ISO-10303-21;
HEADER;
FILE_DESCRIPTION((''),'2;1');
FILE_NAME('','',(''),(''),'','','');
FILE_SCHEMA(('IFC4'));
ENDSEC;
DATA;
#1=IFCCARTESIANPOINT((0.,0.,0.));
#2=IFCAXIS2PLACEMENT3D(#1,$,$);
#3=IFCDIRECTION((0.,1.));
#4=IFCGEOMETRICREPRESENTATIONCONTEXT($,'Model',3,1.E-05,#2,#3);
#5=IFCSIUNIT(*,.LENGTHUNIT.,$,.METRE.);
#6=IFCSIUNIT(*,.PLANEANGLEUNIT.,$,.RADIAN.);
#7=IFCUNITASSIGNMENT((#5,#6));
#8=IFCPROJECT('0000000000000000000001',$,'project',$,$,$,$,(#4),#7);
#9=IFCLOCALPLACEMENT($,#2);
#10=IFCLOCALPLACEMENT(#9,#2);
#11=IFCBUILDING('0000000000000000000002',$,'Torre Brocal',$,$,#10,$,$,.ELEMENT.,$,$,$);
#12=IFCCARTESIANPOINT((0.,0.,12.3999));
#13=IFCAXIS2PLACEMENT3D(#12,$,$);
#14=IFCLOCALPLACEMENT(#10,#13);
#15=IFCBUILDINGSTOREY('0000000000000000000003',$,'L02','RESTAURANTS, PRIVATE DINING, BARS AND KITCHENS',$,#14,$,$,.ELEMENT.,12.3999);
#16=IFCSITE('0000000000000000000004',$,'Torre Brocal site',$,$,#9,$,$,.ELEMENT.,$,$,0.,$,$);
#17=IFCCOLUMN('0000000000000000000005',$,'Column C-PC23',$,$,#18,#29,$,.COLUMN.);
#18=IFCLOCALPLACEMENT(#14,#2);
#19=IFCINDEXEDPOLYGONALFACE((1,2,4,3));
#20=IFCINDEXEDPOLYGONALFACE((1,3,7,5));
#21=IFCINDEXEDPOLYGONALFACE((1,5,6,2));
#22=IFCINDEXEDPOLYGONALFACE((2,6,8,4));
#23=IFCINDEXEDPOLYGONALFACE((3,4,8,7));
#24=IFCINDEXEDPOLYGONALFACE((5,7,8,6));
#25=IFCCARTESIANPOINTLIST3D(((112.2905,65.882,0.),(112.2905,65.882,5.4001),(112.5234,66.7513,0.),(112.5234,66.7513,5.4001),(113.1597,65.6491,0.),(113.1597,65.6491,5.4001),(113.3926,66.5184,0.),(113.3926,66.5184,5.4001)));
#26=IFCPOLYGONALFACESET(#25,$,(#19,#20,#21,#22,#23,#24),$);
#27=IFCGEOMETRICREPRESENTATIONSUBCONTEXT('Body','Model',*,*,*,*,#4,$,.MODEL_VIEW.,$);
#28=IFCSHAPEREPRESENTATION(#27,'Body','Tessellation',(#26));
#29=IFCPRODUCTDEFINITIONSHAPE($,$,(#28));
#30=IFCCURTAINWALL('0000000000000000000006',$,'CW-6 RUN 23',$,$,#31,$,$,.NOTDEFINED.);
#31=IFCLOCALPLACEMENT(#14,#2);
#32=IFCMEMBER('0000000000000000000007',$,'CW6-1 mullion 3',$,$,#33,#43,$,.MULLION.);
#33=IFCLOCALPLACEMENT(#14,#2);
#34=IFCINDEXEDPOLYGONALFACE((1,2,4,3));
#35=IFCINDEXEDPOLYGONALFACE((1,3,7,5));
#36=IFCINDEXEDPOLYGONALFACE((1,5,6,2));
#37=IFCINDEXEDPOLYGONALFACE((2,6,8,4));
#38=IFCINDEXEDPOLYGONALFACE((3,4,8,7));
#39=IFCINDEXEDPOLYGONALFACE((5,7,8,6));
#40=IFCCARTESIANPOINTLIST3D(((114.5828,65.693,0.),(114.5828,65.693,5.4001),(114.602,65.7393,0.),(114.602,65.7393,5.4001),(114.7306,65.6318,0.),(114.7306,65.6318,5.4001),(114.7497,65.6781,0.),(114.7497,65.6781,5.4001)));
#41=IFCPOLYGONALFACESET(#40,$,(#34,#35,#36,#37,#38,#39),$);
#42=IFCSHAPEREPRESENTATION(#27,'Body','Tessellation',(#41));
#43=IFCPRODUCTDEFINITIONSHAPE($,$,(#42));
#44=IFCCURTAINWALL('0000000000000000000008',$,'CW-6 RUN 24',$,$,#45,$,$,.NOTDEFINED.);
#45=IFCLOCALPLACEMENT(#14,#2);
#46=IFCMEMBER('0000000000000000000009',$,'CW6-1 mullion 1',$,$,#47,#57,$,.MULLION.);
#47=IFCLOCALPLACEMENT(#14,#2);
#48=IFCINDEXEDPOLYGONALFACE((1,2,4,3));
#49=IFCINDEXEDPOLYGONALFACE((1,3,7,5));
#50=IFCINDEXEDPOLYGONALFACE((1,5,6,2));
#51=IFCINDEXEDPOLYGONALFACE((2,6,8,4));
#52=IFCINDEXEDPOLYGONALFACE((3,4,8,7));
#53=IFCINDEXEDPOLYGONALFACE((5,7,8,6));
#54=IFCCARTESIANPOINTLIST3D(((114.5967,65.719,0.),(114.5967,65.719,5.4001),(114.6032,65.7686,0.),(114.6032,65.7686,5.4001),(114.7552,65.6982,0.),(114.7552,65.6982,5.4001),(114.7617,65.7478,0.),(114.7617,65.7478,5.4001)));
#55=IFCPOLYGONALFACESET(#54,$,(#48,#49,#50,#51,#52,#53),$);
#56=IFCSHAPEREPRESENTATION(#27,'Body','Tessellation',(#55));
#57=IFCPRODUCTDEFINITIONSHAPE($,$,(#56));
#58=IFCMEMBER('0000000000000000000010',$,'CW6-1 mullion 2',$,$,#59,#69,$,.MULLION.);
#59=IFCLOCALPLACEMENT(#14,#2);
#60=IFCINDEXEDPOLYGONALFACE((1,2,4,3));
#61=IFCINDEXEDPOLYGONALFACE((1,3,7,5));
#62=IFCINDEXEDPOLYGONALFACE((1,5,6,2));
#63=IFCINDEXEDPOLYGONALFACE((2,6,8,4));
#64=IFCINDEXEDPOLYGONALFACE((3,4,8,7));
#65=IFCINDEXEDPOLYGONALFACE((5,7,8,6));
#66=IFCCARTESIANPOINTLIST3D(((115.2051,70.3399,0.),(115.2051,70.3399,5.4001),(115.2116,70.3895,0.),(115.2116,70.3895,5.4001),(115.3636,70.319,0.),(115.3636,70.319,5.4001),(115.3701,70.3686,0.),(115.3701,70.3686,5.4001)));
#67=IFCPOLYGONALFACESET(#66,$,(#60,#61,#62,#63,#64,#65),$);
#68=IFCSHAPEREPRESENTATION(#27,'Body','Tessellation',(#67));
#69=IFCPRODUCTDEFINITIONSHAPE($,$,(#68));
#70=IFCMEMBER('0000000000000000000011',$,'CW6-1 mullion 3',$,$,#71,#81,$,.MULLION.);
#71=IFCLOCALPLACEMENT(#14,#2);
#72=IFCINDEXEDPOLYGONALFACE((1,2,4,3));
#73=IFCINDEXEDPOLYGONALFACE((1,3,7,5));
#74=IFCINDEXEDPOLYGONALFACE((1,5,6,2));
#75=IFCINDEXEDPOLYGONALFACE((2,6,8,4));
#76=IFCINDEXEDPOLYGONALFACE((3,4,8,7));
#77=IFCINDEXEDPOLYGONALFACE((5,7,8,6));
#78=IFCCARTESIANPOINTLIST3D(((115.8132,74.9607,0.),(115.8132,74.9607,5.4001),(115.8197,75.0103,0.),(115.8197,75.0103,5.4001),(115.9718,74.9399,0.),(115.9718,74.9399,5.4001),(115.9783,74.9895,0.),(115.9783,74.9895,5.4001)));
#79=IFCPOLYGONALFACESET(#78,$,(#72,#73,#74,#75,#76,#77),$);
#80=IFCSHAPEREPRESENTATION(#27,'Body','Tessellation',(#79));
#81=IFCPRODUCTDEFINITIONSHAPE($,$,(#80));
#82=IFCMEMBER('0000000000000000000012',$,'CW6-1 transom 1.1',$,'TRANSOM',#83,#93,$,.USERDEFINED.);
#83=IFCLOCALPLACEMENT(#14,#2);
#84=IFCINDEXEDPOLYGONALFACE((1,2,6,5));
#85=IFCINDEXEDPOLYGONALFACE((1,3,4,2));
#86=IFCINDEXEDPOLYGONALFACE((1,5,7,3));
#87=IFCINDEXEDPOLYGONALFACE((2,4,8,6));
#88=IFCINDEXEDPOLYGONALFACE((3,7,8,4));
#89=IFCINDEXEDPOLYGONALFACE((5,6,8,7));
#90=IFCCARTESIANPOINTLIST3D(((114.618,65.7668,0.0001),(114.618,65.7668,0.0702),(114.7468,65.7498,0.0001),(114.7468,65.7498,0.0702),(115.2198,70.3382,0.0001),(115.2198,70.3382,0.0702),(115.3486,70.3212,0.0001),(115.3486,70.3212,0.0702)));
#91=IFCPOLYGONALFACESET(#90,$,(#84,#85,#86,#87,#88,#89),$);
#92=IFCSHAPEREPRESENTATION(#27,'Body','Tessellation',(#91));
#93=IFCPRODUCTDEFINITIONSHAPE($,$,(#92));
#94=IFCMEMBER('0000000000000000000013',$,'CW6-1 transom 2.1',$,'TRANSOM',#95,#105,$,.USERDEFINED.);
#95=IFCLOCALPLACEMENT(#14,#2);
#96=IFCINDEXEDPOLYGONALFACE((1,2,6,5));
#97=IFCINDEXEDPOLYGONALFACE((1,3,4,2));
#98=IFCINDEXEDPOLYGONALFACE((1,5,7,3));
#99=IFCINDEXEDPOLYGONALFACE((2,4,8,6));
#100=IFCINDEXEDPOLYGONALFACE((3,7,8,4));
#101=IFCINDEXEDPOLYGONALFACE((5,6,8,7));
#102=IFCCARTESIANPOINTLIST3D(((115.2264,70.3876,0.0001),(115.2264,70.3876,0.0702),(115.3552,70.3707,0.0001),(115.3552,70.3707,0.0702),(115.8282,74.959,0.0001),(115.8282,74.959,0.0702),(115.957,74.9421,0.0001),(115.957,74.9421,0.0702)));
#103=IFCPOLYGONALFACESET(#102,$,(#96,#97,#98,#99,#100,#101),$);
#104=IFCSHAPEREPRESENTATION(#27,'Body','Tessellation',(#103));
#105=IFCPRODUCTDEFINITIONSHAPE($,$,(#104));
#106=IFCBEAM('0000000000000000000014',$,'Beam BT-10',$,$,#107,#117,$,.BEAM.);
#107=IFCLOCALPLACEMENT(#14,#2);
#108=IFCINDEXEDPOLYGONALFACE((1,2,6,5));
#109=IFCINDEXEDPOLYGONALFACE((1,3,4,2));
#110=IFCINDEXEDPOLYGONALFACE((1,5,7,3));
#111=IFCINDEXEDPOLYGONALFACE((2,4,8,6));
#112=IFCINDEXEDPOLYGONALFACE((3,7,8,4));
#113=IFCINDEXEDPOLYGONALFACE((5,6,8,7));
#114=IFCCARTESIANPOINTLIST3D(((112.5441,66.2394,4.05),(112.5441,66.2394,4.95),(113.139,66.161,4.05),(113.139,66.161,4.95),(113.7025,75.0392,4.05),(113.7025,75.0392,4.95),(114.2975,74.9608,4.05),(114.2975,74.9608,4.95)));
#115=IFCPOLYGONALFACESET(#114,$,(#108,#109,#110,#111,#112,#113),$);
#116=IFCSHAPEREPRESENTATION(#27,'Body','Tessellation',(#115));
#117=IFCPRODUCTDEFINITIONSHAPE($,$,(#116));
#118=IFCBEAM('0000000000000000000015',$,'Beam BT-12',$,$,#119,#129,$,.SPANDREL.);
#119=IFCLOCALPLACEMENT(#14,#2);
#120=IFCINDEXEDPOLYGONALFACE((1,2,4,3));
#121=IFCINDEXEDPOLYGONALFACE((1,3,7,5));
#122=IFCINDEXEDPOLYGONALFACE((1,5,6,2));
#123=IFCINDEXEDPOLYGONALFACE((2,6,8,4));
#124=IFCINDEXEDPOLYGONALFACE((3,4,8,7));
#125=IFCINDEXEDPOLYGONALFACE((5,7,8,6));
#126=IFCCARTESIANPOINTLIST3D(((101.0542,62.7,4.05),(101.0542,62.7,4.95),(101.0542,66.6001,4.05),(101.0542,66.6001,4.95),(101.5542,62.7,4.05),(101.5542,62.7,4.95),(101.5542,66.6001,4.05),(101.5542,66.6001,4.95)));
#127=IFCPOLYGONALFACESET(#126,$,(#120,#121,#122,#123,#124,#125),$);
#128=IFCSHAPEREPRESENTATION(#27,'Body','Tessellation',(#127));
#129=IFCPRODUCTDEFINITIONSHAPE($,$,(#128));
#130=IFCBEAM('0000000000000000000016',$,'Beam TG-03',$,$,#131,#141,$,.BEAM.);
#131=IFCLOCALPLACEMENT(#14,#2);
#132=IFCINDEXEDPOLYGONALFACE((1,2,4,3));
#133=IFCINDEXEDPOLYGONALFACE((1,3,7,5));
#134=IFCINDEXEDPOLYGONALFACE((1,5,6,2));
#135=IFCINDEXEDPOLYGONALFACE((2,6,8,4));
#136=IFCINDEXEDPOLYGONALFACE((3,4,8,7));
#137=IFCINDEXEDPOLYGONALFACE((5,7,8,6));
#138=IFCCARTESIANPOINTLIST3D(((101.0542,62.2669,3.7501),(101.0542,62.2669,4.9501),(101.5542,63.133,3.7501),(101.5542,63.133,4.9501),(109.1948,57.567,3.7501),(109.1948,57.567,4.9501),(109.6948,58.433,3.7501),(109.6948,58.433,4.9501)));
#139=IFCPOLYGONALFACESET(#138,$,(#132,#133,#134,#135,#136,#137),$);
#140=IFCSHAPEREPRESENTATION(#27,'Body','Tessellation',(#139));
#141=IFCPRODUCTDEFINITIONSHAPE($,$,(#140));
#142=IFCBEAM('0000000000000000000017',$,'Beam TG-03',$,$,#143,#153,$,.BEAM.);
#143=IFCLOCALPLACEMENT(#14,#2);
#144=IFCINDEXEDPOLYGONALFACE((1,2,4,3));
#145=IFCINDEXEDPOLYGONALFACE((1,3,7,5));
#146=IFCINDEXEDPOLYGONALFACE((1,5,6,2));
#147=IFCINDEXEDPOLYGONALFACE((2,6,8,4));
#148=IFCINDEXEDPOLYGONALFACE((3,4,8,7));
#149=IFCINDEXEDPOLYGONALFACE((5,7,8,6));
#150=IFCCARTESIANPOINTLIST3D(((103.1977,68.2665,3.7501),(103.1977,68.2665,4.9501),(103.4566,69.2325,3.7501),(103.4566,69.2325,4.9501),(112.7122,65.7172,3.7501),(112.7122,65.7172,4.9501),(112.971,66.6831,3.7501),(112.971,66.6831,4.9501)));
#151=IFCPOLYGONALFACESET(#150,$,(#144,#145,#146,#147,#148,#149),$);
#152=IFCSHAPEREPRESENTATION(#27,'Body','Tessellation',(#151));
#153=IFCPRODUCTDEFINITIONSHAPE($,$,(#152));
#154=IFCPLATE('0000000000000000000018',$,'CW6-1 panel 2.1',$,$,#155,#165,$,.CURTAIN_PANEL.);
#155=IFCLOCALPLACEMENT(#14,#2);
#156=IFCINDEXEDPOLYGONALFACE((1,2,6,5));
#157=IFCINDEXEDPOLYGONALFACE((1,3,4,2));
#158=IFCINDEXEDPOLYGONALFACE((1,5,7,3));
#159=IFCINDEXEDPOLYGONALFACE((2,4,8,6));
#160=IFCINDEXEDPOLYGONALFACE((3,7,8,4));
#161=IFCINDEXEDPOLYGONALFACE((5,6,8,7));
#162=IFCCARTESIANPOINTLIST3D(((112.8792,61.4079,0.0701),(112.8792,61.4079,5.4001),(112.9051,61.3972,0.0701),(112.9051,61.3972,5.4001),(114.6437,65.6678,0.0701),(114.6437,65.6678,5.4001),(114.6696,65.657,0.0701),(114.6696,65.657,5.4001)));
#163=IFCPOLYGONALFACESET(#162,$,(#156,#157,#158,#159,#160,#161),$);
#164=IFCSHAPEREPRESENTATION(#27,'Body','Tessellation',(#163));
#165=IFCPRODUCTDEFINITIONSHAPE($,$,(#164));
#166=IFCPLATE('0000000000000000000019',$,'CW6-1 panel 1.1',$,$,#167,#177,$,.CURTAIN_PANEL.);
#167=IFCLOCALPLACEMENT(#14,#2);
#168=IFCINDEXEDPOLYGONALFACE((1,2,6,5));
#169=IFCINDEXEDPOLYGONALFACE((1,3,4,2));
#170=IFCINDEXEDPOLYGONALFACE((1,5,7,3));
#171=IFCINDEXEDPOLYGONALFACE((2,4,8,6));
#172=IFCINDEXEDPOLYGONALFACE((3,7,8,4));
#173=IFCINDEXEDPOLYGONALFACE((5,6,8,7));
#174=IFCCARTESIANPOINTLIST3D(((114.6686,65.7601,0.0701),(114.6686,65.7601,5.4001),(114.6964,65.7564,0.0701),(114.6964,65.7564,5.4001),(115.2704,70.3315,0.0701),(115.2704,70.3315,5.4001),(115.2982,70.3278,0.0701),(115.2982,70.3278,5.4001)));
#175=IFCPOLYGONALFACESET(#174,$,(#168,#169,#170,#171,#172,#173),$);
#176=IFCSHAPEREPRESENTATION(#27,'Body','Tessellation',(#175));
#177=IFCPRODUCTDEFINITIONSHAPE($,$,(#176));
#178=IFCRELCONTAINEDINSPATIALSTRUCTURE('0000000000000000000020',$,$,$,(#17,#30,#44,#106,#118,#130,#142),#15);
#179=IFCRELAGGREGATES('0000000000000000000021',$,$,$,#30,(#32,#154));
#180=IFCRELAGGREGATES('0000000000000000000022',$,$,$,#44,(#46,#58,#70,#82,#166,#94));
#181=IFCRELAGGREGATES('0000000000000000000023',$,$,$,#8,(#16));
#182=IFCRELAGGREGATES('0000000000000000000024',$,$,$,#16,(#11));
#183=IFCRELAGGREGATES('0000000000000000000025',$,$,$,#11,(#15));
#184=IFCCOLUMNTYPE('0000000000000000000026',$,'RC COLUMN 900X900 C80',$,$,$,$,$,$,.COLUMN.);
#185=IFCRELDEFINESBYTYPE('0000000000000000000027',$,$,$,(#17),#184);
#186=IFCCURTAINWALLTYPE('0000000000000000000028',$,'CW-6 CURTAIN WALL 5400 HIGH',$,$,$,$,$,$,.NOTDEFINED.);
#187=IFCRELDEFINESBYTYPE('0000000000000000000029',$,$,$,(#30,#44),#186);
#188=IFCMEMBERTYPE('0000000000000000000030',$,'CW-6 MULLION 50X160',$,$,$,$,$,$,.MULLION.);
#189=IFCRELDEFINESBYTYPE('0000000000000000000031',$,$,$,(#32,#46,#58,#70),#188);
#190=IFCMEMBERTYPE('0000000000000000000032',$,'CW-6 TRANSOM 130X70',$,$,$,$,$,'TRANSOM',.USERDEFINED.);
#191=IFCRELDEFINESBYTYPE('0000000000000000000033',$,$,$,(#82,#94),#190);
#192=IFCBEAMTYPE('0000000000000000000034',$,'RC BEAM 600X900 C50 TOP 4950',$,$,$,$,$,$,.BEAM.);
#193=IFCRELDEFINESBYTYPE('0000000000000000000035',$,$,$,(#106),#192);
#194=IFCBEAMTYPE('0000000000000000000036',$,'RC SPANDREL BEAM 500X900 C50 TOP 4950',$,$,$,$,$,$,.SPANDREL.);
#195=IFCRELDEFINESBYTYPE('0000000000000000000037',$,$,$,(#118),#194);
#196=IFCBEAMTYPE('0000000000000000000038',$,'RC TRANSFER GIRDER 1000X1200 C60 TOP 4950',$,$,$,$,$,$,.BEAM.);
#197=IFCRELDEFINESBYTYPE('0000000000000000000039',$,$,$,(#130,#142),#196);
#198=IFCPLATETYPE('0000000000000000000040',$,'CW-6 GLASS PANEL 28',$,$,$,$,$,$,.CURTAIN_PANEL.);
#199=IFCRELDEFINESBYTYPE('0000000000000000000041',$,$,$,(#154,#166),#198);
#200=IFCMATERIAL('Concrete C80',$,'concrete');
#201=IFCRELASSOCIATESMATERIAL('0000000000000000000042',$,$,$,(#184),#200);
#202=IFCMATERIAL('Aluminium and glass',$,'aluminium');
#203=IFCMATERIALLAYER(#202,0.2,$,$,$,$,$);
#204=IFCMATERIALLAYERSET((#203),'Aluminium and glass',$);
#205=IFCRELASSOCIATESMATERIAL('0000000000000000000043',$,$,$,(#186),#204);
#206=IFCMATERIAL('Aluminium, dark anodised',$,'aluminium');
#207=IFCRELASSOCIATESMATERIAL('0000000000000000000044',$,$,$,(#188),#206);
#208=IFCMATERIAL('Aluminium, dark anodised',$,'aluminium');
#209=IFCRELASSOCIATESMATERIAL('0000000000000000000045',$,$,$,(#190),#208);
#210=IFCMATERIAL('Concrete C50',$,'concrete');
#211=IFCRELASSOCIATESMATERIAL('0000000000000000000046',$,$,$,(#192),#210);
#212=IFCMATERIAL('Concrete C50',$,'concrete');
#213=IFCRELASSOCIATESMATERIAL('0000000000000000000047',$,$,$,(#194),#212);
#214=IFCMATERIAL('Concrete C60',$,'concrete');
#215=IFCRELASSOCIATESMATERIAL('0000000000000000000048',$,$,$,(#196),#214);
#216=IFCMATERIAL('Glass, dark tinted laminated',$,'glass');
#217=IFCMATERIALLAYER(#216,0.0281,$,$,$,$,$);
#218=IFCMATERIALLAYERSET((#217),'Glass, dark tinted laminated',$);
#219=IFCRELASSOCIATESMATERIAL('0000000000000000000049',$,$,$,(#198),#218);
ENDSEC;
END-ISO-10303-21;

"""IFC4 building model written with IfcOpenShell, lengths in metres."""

from ifc_helpers import new_model, si_unit, direction, frame, origin, origin_2d, place, context, subcontext, project, spatial, rectangle, extrude, material, layer, layer_set, material_profile, profile_set, type_object, element, aggregate, save


model = new_model("IFC4")

# Units and contexts
model_context = context("Model", 3, precision=1e-05, world=origin(), true_north=direction((0.0, 1.0)))
body_context = subcontext(model_context, "Body", "Model", "MODEL_VIEW")
ifc_project = project(units=[si_unit("LENGTHUNIT", "METRE"), si_unit("PLANEANGLEUNIT", "RADIAN")], contexts=[model_context])

# Site, building, storey
site_placement = place(None, origin())
site = spatial("IfcSite", under=ifc_project, at=site_placement, Name="Torre Brocal site", CompositionType="ELEMENT", RefElevation=0.0)
building_placement = place(site_placement, origin())
building = spatial("IfcBuilding", under=site, at=building_placement, Name="Torre Brocal", CompositionType="ELEMENT")
storey_placement = place(building_placement, frame((0.0, 0.0, 12.3999)))
storey = spatial("IfcBuildingStorey", under=building, at=storey_placement, Name="L02", Description="RESTAURANTS, PRIVATE DINING, BARS AND KITCHENS", CompositionType="ELEMENT", Elevation=12.3999)

# Column
ifc_material_1 = material(Name="Concrete C80", Category="concrete")
ifc_material_profile_1 = material_profile(ifc_material_1, rectangle(XDim=0.8999, YDim=0.8999, at=origin_2d()), Name="RC 900X900")
ifc_profile_set_1 = profile_set([ifc_material_profile_1], Name="Concrete C80")
column_type = type_object("IfcColumnType", Name="RC COLUMN 900X900 C80", PredefinedType="COLUMN", material=ifc_profile_set_1)
column_placement = place(storey_placement, frame((112.8416, 66.2002, 0.0), z_axis=(0.0, 0.0, 1.0), x_axis=(0.965926, -0.258819, 0.0)))
element("IfcColumn", 1, at=column_placement, inside=storey, type_object=column_type, Name="Column C-PC23", PredefinedType="COLUMN", context=body_context, shape_type="SweptSolid", body=[
    extrude(rectangle(XDim=0.8999, YDim=0.8999, at=origin_2d()), origin(), (0.0, 0.0, 1.0), 5.4001),
])

# Curtain wall, member
ifc_material_2 = material(Name="Aluminium and glass", Category="aluminium")
ifc_layer_1 = layer(ifc_material_2, 0.2)
ifc_layer_set_1 = layer_set([ifc_layer_1], Name="Aluminium and glass")
curtain_wall_type = type_object("IfcCurtainWallType", Name="CW-6 CURTAIN WALL 5400 HIGH", PredefinedType="NOTDEFINED", material=ifc_layer_set_1)
curtain_wall_1_placement = place(storey_placement, origin())
curtain_wall_1 = element("IfcCurtainWall", 2, at=curtain_wall_1_placement, inside=storey, type_object=curtain_wall_type, Name="CW-6 RUN 23", PredefinedType="NOTDEFINED")
ifc_material_3 = material(Name="Aluminium, dark anodised", Category="aluminium")
ifc_material_profile_2 = material_profile(ifc_material_3, rectangle(XDim=0.1599, YDim=0.05, at=origin_2d()), Name="CW-6 MULLION 50X160")
ifc_profile_set_2 = profile_set([ifc_material_profile_2], Name="Aluminium, dark anodised")
member_type_1 = type_object("IfcMemberType", Name="CW-6 MULLION 50X160", PredefinedType="MULLION", material=ifc_profile_set_2)
member_1_placement = place(storey_placement, frame((114.6663, 65.6855, 0.0), z_axis=(0.0, 0.0, 1.0), x_axis=(-0.92388, 0.382683, 0.0)))
member_1 = element("IfcMember", 3, at=member_1_placement, type_object=member_type_1, Name="CW6-1 mullion 3", PredefinedType="MULLION", context=body_context, shape_type="SweptSolid", body=[
    extrude(rectangle(XDim=0.1599, YDim=0.05, at=origin_2d()), origin(), (0.0, 0.0, 1.0), 5.4001),
])

# Curtain wall, members
curtain_wall_2_placement = place(storey_placement, origin())
curtain_wall_2 = element("IfcCurtainWall", 4, at=curtain_wall_2_placement, inside=storey, type_object=curtain_wall_type, Name="CW-6 RUN 24", PredefinedType="NOTDEFINED")
member_2_placement = place(storey_placement, frame((114.6792, 65.7334, 0.0), z_axis=(0.0, 0.0, 1.0), x_axis=(-0.991445, 0.130526, 0.0)))
member_2 = element("IfcMember", 5, at=member_2_placement, type_object=member_type_1, Name="CW6-1 mullion 1", PredefinedType="MULLION", context=body_context, shape_type="SweptSolid", body=[
    extrude(rectangle(XDim=0.1599, YDim=0.05, at=origin_2d()), origin(), (0.0, 0.0, 1.0), 5.4001),
])
member_3_placement = place(storey_placement, frame((115.2876, 70.3542, 0.0), z_axis=(0.0, 0.0, 1.0), x_axis=(-0.991445, 0.130526, 0.0)))
member_3 = element("IfcMember", 6, at=member_3_placement, type_object=member_type_1, Name="CW6-1 mullion 2", PredefinedType="MULLION", context=body_context, shape_type="SweptSolid", body=[
    extrude(rectangle(XDim=0.1599, YDim=0.05, at=origin_2d()), origin(), (0.0, 0.0, 1.0), 5.4001),
])
member_4_placement = place(storey_placement, frame((115.8958, 74.9751, 0.0), z_axis=(0.0, 0.0, 1.0), x_axis=(-0.991445, 0.130526, 0.0)))
member_4 = element("IfcMember", 7, at=member_4_placement, type_object=member_type_1, Name="CW6-1 mullion 3", PredefinedType="MULLION", context=body_context, shape_type="SweptSolid", body=[
    extrude(rectangle(XDim=0.1599, YDim=0.05, at=origin_2d()), origin(), (0.0, 0.0, 1.0), 5.4001),
])
ifc_material_4 = material(Name="Aluminium, dark anodised", Category="aluminium")
ifc_material_profile_3 = material_profile(ifc_material_4, rectangle(XDim=0.1299, YDim=0.0701, at=origin_2d()), Name="CW-6 TRANSOM 130X70")
ifc_profile_set_3 = profile_set([ifc_material_profile_3], Name="Aluminium, dark anodised")
member_type_2 = type_object("IfcMemberType", Name="CW-6 TRANSOM 130X70", ElementType="TRANSOM", PredefinedType="USERDEFINED", material=ifc_profile_set_3)
member_5_placement = place(storey_placement, frame((114.6824, 65.7583, 0.0352), z_axis=(0.130523, 0.991445, 0.0), x_axis=(-0.991445, 0.130523, 0.0)))
member_5 = element("IfcMember", 8, at=member_5_placement, type_object=member_type_2, Name="CW6-1 transom 1.1", ObjectType="TRANSOM", PredefinedType="USERDEFINED", context=body_context, shape_type="SweptSolid", body=[
    extrude(rectangle(XDim=0.1299, YDim=0.0701, at=origin_2d()), origin(), (0.0, 0.0, 1.0), 4.6108),
])
member_6_placement = place(storey_placement, frame((115.2908, 70.3792, 0.0352), z_axis=(0.130523, 0.991445, 0.0), x_axis=(-0.991445, 0.130523, 0.0)))
member_6 = element("IfcMember", 9, at=member_6_placement, type_object=member_type_2, Name="CW6-1 transom 2.1", ObjectType="TRANSOM", PredefinedType="USERDEFINED", context=body_context, shape_type="SweptSolid", body=[
    extrude(rectangle(XDim=0.1299, YDim=0.0701, at=origin_2d()), origin(), (0.0, 0.0, 1.0), 4.6108),
])

# Beams
ifc_material_5 = material(Name="Concrete C50", Category="concrete")
ifc_material_profile_4 = material_profile(ifc_material_5, rectangle(XDim=0.6001, YDim=0.8999, at=origin_2d()), Name="RC 600X900")
ifc_profile_set_4 = profile_set([ifc_material_profile_4], Name="Concrete C50")
beam_type_1 = type_object("IfcBeamType", Name="RC BEAM 600X900 C50 TOP 4950", PredefinedType="BEAM", material=ifc_profile_set_4)
beam_1_placement = place(storey_placement, frame((112.8416, 66.2002, 4.5), z_axis=(0.130519, 0.991446, 0.0), x_axis=(-0.991446, 0.130519, 0.0)))
element("IfcBeam", 10, at=beam_1_placement, inside=storey, type_object=beam_type_1, Name="Beam BT-10", PredefinedType="BEAM", context=body_context, shape_type="SweptSolid", body=[
    extrude(rectangle(XDim=0.6001, YDim=0.8999, at=origin_2d()), origin(), (0.0, 0.0, 1.0), 8.8757),
])
ifc_material_6 = material(Name="Concrete C50", Category="concrete")
ifc_material_profile_5 = material_profile(ifc_material_6, rectangle(XDim=0.5, YDim=0.8999, at=origin_2d()), Name="RC 500X900")
ifc_profile_set_5 = profile_set([ifc_material_profile_5], Name="Concrete C50")
beam_type_2 = type_object("IfcBeamType", Name="RC SPANDREL BEAM 500X900 C50 TOP 4950", PredefinedType="SPANDREL", material=ifc_profile_set_5)
beam_2_placement = place(storey_placement, frame((101.3042, 62.7, 4.5), z_axis=(0.0, 1.0, 0.0), x_axis=(-1.0, 0.0, 0.0)))
element("IfcBeam", 11, at=beam_2_placement, inside=storey, type_object=beam_type_2, Name="Beam BT-12", PredefinedType="SPANDREL", context=body_context, shape_type="SweptSolid", body=[
    extrude(rectangle(XDim=0.5, YDim=0.8999, at=origin_2d()), origin(), (0.0, 0.0, 1.0), 3.9001),
])
ifc_material_7 = material(Name="Concrete C60", Category="concrete")
ifc_material_profile_6 = material_profile(ifc_material_7, rectangle(XDim=1.0, YDim=1.2, at=origin_2d()), Name="RC 1000X1200")
ifc_profile_set_6 = profile_set([ifc_material_profile_6], Name="Concrete C60")
beam_type_3 = type_object("IfcBeamType", Name="RC TRANSFER GIRDER 1000X1200 C60 TOP 4950", PredefinedType="BEAM", material=ifc_profile_set_6)
beam_3_placement = place(storey_placement, frame((101.3042, 62.7, 4.3501), z_axis=(0.866027, -0.499997, 0.0), x_axis=(0.499997, 0.866027, 0.0)))
element("IfcBeam", 12, at=beam_3_placement, inside=storey, type_object=beam_type_3, Name="Beam TG-03", PredefinedType="BEAM", context=body_context, shape_type="SweptSolid", body=[
    extrude(rectangle(XDim=1.0, YDim=1.2, at=origin_2d()), origin(), (0.0, 0.0, 1.0), 9.3999),
])
beam_4_placement = place(storey_placement, frame((103.3271, 68.7495, 4.3501), z_axis=(0.965927, -0.258813, 0.0), x_axis=(0.258813, 0.965927, 0.0)))
element("IfcBeam", 13, at=beam_4_placement, inside=storey, type_object=beam_type_3, Name="Beam TG-03", PredefinedType="BEAM", context=body_context, shape_type="SweptSolid", body=[
    extrude(rectangle(XDim=1.0, YDim=1.2, at=origin_2d()), origin(), (0.0, 0.0, 1.0), 9.8501),
])

# Plates
ifc_material_8 = material(Name="Glass, dark tinted laminated", Category="glass")
ifc_layer_2 = layer(ifc_material_8, 0.0281)
ifc_layer_set_2 = layer_set([ifc_layer_2], Name="Glass, dark tinted laminated")
plate_type = type_object("IfcPlateType", Name="CW-6 GLASS PANEL 28", PredefinedType="CURTAIN_PANEL", material=ifc_layer_set_2)
plate_1_placement = place(storey_placement, frame((113.7744, 63.5325, 0.0701), z_axis=(0.0, 0.0, 1.0), x_axis=(0.382683, 0.92388, 0.0)))
plate_1 = element("IfcPlate", 14, at=plate_1_placement, type_object=plate_type, Name="CW6-1 panel 2.1", PredefinedType="CURTAIN_PANEL", context=body_context, shape_type="SweptSolid", body=[
    extrude(rectangle(XDim=4.6108, YDim=0.0281, at=origin_2d()), origin(), (0.0, 0.0, 1.0), 5.3301),
])
aggregate(curtain_wall_1, [member_1, plate_1])
plate_2_placement = place(storey_placement, frame((114.9834, 68.0439, 0.0701), z_axis=(0.0, 0.0, 1.0), x_axis=(0.130526, 0.991445, 0.0)))
plate_2 = element("IfcPlate", 15, at=plate_2_placement, type_object=plate_type, Name="CW6-1 panel 1.1", PredefinedType="CURTAIN_PANEL", context=body_context, shape_type="SweptSolid", body=[
    extrude(rectangle(XDim=4.6108, YDim=0.0281, at=origin_2d()), origin(), (0.0, 0.0, 1.0), 5.3301),
])
aggregate(curtain_wall_2, [member_2, member_3, member_4, member_5, plate_2, member_6])

save(model, "model.ifc")
